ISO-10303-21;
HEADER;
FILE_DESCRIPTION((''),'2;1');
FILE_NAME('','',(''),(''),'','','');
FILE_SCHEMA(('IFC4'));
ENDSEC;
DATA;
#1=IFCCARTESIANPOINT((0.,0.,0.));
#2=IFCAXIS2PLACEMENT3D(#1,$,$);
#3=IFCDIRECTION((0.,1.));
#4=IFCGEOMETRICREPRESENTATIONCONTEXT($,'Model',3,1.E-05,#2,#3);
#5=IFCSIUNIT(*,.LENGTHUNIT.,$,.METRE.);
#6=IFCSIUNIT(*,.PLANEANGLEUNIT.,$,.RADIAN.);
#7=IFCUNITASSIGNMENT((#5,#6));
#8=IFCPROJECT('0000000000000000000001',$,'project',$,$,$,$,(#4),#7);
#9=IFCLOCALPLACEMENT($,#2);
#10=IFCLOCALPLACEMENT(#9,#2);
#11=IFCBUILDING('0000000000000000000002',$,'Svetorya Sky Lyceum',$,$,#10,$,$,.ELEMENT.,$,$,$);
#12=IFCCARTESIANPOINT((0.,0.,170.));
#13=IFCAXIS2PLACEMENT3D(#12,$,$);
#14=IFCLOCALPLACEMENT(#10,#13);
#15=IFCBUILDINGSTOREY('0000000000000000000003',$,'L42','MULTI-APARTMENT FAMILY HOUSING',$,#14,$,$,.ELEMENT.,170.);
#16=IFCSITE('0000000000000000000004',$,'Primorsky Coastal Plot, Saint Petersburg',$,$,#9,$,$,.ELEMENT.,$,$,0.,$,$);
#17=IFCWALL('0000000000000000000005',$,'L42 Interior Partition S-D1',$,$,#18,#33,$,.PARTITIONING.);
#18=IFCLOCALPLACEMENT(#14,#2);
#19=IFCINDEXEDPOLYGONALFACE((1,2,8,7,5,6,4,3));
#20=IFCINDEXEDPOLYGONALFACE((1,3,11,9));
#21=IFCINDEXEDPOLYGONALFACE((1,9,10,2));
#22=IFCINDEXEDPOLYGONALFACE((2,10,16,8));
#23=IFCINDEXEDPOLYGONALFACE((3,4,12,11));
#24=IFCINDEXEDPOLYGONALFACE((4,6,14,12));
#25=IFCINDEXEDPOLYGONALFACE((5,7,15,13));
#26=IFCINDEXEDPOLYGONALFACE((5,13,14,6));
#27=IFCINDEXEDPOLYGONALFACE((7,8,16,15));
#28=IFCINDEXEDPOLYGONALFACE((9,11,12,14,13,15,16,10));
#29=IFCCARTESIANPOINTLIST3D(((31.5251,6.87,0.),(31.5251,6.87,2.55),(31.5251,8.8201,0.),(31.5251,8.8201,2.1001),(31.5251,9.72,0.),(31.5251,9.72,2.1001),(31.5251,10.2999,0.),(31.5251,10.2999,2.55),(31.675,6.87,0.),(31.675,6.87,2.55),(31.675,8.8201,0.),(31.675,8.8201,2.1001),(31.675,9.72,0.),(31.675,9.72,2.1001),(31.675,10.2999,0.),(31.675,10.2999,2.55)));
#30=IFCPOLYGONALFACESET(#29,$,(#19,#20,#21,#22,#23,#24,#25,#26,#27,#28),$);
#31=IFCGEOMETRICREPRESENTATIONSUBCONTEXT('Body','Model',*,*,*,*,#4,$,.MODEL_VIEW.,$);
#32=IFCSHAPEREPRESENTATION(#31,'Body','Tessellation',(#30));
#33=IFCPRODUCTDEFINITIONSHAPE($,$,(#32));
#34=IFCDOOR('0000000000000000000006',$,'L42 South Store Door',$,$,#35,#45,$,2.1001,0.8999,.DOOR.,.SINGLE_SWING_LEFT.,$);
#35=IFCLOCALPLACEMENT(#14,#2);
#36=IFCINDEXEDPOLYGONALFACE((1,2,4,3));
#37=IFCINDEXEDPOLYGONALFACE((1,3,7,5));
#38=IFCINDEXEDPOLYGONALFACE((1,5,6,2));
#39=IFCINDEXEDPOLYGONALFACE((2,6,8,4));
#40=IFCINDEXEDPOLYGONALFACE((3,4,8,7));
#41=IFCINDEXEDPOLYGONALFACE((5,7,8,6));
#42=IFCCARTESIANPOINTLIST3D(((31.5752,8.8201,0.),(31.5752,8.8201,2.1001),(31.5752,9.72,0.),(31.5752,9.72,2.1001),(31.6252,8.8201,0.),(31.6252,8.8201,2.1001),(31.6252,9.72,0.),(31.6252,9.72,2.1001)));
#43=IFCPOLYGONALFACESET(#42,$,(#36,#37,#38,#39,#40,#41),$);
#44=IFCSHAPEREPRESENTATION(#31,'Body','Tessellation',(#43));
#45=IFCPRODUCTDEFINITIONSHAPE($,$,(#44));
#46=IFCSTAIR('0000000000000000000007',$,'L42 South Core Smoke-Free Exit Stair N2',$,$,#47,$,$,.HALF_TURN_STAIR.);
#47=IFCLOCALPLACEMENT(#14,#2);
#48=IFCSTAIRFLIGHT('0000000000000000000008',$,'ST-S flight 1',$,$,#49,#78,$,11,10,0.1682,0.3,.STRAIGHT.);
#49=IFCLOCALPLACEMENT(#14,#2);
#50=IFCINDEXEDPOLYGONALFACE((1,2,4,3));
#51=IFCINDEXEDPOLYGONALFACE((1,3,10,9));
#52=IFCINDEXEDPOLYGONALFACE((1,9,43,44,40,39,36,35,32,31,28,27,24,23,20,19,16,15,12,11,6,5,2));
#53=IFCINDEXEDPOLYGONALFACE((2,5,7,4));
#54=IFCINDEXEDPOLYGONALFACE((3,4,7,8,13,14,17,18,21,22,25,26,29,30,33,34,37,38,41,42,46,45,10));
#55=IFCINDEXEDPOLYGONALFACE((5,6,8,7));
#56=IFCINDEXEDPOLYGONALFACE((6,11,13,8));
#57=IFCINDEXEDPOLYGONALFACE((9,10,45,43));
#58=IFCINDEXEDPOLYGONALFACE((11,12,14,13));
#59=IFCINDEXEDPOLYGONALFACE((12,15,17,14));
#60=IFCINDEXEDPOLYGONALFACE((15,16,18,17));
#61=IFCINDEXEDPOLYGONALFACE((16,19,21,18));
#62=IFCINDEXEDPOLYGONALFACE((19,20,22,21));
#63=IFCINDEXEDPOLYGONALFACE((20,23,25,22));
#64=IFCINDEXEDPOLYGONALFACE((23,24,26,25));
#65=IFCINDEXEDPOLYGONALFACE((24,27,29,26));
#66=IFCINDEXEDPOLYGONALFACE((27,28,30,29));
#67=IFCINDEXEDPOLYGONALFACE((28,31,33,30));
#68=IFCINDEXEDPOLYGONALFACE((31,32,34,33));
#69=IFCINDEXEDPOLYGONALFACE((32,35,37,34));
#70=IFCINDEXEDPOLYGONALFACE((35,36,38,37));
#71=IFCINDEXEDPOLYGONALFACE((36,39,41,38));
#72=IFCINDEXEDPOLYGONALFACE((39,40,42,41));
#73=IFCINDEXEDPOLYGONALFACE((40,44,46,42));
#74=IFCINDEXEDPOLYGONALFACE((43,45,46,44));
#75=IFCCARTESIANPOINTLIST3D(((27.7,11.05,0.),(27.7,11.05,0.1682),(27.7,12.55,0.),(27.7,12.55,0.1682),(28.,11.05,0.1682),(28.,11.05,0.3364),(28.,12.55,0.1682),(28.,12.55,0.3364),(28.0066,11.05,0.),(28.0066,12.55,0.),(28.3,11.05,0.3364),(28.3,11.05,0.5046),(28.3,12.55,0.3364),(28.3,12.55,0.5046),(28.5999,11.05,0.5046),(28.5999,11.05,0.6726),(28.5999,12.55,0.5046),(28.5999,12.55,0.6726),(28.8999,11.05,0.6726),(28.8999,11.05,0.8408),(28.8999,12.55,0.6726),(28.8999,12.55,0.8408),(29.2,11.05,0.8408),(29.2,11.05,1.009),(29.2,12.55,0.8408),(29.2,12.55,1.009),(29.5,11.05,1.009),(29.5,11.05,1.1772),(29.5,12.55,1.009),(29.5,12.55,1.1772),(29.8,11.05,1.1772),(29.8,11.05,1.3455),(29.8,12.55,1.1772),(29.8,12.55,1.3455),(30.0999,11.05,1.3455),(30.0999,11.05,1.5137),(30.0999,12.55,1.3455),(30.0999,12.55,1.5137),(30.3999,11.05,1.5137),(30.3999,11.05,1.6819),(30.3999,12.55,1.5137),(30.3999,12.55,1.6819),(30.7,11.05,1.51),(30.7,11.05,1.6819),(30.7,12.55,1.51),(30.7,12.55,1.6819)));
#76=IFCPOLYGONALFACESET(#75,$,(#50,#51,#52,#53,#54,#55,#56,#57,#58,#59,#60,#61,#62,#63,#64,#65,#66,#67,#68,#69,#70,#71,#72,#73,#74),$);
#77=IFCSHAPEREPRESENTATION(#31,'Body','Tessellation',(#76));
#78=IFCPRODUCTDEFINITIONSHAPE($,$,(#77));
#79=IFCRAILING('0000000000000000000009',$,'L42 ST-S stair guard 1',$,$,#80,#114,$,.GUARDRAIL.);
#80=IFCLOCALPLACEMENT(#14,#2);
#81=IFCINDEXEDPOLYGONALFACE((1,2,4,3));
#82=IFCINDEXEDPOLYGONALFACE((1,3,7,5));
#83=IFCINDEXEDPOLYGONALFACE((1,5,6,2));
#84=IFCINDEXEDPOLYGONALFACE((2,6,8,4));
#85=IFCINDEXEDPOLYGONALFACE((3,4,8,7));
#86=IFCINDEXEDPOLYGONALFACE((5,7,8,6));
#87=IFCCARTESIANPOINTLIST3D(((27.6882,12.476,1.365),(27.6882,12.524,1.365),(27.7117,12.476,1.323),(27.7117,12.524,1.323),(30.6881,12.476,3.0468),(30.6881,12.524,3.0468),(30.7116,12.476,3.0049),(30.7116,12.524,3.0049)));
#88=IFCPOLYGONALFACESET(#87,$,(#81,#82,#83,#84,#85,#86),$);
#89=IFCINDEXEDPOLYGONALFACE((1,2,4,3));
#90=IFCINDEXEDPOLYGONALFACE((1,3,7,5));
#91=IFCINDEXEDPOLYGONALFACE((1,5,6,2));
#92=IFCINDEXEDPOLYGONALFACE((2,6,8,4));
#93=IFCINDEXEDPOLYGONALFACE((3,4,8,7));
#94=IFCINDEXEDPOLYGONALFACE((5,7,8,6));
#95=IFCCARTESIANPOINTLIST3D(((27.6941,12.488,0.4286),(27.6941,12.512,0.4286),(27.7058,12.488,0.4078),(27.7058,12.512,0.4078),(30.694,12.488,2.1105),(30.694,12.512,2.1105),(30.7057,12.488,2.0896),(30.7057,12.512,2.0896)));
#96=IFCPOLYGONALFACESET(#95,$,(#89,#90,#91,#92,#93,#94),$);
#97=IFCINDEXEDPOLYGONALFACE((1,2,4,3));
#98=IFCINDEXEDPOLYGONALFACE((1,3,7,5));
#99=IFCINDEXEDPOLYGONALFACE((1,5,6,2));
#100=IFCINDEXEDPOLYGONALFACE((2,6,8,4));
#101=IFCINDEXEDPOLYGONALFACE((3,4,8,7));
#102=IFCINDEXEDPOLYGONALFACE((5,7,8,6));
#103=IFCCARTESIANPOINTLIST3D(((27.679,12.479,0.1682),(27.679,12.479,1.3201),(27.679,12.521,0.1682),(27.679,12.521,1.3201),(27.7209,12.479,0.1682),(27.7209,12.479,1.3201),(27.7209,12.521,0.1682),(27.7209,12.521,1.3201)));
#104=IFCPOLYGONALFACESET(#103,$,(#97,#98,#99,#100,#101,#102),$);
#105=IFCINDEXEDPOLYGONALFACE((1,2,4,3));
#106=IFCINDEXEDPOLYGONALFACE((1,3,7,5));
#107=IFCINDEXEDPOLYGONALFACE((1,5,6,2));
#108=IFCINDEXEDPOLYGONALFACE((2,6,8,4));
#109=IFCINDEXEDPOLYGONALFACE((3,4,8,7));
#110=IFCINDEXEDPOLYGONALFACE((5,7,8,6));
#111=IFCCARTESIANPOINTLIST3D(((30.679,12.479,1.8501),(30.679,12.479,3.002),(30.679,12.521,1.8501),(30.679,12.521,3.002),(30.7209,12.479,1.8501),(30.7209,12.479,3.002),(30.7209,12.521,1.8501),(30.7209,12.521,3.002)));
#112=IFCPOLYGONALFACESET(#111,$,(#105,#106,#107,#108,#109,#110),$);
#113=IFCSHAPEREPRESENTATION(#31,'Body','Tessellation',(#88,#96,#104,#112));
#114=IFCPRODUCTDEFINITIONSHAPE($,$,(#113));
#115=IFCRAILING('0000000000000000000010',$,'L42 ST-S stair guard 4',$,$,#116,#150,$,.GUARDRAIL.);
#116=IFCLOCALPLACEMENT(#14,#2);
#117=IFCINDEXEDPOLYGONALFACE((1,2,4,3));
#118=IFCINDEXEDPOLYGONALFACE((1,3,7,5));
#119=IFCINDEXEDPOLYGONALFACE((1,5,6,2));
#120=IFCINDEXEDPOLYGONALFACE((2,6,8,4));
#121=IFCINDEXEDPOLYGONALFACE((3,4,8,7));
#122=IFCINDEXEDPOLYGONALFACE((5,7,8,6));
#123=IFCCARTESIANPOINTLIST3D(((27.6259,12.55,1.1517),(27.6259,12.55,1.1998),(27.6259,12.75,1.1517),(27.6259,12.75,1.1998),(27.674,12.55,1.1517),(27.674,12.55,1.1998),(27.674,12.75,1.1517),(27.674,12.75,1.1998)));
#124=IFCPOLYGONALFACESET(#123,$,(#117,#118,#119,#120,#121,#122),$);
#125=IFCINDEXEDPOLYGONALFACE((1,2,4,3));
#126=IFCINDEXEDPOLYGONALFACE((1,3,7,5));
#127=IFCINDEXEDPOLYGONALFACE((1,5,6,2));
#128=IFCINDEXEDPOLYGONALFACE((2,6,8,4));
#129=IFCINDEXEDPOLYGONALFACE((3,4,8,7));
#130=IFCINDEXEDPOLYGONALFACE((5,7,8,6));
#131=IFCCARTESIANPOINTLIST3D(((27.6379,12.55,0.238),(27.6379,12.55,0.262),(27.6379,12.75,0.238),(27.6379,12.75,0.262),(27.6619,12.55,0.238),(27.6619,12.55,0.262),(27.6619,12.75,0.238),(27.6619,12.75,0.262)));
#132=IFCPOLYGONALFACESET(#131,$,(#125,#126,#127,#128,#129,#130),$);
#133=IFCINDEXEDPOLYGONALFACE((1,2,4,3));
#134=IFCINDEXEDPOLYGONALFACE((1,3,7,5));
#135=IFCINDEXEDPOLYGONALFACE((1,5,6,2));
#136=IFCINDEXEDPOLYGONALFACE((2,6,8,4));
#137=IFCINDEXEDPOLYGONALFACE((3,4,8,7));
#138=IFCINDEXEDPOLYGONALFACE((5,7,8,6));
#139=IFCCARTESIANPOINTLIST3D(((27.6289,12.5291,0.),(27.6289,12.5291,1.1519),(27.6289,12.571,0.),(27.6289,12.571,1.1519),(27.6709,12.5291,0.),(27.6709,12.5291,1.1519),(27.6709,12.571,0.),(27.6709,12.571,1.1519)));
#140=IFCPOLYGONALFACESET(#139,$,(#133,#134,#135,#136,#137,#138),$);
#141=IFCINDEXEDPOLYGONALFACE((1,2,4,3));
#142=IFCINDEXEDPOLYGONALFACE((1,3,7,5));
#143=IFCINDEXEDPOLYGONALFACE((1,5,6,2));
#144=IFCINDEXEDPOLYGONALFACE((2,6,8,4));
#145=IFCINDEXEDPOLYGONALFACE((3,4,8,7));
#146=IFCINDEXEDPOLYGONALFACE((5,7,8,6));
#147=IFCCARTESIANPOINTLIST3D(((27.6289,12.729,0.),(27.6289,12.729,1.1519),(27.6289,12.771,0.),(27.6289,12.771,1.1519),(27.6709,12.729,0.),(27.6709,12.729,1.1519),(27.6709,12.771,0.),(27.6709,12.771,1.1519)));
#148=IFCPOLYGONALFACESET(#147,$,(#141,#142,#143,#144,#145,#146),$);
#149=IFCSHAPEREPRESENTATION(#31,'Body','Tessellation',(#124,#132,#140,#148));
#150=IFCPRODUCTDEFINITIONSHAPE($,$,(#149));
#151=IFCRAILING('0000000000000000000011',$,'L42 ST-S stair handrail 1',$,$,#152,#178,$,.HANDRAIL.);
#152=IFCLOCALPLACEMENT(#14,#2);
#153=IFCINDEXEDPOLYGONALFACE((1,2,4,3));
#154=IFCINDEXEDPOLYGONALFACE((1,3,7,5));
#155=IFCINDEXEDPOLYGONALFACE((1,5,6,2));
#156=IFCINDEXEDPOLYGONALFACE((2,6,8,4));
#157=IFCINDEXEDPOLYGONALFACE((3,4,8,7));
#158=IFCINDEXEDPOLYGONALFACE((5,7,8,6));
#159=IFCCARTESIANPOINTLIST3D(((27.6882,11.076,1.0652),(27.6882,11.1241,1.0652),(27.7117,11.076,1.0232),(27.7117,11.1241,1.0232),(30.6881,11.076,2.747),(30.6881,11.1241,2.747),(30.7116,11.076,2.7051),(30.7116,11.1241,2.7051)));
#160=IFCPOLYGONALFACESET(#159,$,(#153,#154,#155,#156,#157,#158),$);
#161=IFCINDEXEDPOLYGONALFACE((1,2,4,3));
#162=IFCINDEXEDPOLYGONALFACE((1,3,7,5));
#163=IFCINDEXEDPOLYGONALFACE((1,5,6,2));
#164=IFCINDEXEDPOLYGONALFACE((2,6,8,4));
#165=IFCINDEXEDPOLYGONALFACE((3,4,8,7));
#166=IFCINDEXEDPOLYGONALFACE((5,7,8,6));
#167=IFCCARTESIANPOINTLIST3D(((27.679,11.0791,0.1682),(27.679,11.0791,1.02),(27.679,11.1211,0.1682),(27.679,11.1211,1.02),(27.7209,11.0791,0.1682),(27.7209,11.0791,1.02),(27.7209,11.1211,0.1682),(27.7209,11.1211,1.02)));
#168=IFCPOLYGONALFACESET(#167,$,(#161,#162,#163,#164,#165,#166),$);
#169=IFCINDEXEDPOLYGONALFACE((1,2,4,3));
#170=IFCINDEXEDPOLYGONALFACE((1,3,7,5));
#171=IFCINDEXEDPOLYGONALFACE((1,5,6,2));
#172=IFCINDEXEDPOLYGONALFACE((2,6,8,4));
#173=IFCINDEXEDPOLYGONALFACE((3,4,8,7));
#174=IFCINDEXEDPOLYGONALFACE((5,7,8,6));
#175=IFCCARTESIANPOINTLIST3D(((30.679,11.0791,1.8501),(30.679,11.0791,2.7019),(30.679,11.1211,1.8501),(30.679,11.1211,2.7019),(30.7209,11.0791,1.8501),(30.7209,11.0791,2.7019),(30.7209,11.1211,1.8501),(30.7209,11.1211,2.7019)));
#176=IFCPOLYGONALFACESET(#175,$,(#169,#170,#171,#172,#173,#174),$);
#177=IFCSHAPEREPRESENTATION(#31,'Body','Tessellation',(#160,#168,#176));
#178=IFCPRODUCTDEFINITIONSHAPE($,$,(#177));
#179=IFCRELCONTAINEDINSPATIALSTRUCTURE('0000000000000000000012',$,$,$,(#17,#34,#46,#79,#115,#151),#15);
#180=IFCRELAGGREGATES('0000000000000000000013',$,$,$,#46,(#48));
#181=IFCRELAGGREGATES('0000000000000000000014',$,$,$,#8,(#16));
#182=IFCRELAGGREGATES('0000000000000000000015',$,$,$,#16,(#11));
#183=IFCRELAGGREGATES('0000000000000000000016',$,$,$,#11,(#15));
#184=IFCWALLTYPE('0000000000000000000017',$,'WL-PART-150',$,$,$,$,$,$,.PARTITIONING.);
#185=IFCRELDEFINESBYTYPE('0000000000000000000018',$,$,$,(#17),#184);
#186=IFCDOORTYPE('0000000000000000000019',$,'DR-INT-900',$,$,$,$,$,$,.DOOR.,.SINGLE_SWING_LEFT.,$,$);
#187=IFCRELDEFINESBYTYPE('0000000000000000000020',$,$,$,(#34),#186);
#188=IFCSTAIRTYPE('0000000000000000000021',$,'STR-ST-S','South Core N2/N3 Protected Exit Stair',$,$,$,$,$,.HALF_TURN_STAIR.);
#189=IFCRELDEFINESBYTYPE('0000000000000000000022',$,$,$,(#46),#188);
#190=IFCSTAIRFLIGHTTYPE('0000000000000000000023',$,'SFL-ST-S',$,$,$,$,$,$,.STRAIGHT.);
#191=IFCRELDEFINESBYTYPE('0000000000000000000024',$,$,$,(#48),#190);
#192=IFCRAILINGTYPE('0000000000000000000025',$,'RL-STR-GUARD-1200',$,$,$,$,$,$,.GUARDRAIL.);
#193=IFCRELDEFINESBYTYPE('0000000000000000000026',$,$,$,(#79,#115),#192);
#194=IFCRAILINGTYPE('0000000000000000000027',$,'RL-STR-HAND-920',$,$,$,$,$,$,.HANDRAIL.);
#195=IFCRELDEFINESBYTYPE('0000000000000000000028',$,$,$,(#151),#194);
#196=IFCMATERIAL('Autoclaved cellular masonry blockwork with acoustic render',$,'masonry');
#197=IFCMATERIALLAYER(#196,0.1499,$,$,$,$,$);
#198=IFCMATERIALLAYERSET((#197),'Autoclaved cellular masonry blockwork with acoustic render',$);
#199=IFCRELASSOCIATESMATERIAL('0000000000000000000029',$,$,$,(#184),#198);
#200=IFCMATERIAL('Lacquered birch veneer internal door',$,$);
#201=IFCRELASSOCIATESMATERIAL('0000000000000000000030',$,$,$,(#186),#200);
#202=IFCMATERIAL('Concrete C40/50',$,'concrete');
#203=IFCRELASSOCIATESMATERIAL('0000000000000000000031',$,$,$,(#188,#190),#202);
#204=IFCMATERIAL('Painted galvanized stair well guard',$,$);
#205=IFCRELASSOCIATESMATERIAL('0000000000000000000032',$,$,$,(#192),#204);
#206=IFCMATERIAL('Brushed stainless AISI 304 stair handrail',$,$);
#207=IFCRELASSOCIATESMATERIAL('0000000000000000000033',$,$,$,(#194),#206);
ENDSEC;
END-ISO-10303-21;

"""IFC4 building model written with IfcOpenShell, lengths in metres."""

from ifc_helpers import new_model, si_unit, direction, frame, frame_2d, origin, origin_2d, place, context, subcontext, project, spatial, polyline, rectangle, outline, extrude, material, layer, layer_set, type_object, element, fill, aggregate, save


model = new_model("IFC4")

# Units and contexts
model_context = context("Model", 3, precision=1e-05, world=origin(), true_north=direction((0.0, 1.0)))
body_context = subcontext(model_context, "Body", "Model", "MODEL_VIEW")
ifc_project = project(units=[si_unit("LENGTHUNIT", "METRE"), si_unit("PLANEANGLEUNIT", "RADIAN")], contexts=[model_context])

# Site, building, storey
site_placement = place(None, origin())
site = spatial("IfcSite", under=ifc_project, at=site_placement, Name="Primorsky Coastal Plot, Saint Petersburg", CompositionType="ELEMENT", RefElevation=0.0)
building_placement = place(site_placement, origin())
building = spatial("IfcBuilding", under=site, at=building_placement, Name="Svetorya Sky Lyceum", CompositionType="ELEMENT")
storey_placement = place(building_placement, frame((0.0, 0.0, 170.0)))
storey = spatial("IfcBuildingStorey", under=building, at=storey_placement, Name="L42", Description="MULTI-APARTMENT FAMILY HOUSING", CompositionType="ELEMENT", Elevation=170.0)

# Shared definitions
ifc_material_1 = material(Name="Concrete C40/50", Category="concrete")

# Wall, opening, door
ifc_material_2 = material(Name="Autoclaved cellular masonry blockwork with acoustic render", Category="masonry")
ifc_layer_1 = layer(ifc_material_2, 0.1499)
ifc_layer_set_1 = layer_set([ifc_layer_1], Name="Autoclaved cellular masonry blockwork with acoustic render")
wall_type_1 = type_object("IfcWallType", Name="WL-PART-150", PredefinedType="PARTITIONING", material=ifc_layer_set_1)
wall_1_placement = place(storey_placement, frame((31.6001, 6.8701, 0.0), z_axis=(0.0, 0.0, 1.0), x_axis=(0.0, 1.0, 0.0)))
wall_1 = element("IfcWall", 1, at=wall_1_placement, inside=storey, type_object=wall_type_1, Name="L42 Interior Partition S-D1", PredefinedType="PARTITIONING", context=body_context, shape_type="SweptSolid", body=[
    extrude(rectangle(XDim=3.4299, YDim=0.1499, at=frame_2d((1.7148, 0.0))), origin(), (0.0, 0.0, 1.0), 2.55),
])
opening_placement = place(wall_1_placement, frame((1.95, 0.0, 0.0)))
opening = element("IfcOpeningElement", 2, at=opening_placement, cuts=wall_1, PredefinedType="OPENING", context=body_context, shape_type="SweptSolid", body=[
    extrude(rectangle(XDim=0.8999, YDim=2.1001, at=frame_2d((0.45, 1.05))), frame((0.0, 0.085, 0.0), z_axis=(0.0, -1.0, 0.0), x_axis=(1.0, 0.0, 0.0)), (0.0, 0.0, 1.0), 0.1699),
])
ifc_material_3 = material(Name="Lacquered birch veneer internal door")
door_type = type_object("IfcDoorType", Name="DR-INT-900", OperationType="SINGLE_SWING_LEFT", PredefinedType="DOOR", material=ifc_material_3)
door_placement = place(opening_placement, origin())
door = element("IfcDoor", 3, at=door_placement, inside=storey, type_object=door_type, Name="L42 South Store Door", OperationType="SINGLE_SWING_LEFT", OverallHeight=2.1001, OverallWidth=0.8999, PredefinedType="DOOR", context=body_context, shape_type="SweptSolid", body=[
    extrude(rectangle(XDim=0.8999, YDim=2.1001, at=frame_2d((0.45, 1.05))), frame((0.0, 0.0249, 0.0), z_axis=(0.0, -1.0, 0.0), x_axis=(1.0, 0.0, 0.0)), (0.0, 0.0, 1.0), 0.05),
])
fill(opening, door)

# Stair, stair flight
stair_type = type_object("IfcStairType", Name="STR-ST-S", Description="South Core N2/N3 Protected Exit Stair", PredefinedType="HALF_TURN_STAIR", material=ifc_material_1)
stair_placement = place(storey_placement, origin())
stair = element("IfcStair", 4, at=stair_placement, inside=storey, type_object=stair_type, Name="L42 South Core Smoke-Free Exit Stair N2", PredefinedType="HALF_TURN_STAIR")
stair_flight_type = type_object("IfcStairFlightType", Name="SFL-ST-S", PredefinedType="STRAIGHT", material=ifc_material_1)
stair_flight_placement = place(storey_placement, frame((27.7, 11.8, 0.0), z_axis=(0.0, 0.0, 1.0), x_axis=(1.0, 0.0, 0.0)))
stair_flight = element("IfcStairFlight", 5, at=stair_flight_placement, type_object=stair_flight_type, Name="ST-S flight 1", NumberOfRisers=11, NumberOfTreads=10, PredefinedType="STRAIGHT", RiserHeight=0.1682, TreadLength=0.3, context=body_context, shape_type="SweptSolid", body=[
    extrude(outline(polyline([(0.0, 0.0), (0.0, 0.1682), (0.3, 0.1682), (0.3, 0.3364), (0.6001, 0.3364), (0.6001, 0.5046), (0.8999, 0.5046), (0.8999, 0.6726), (1.2, 0.6726), (1.2, 0.8408), (1.5, 0.8408), (1.5, 1.009), (1.8, 1.009), (1.8, 1.1772), (2.1001, 1.1772), (2.1001, 1.3455), (2.3999, 1.3455), (2.3999, 1.5137), (2.7, 1.5137), (2.7, 1.6819), (3.0, 1.6819), (3.0, 1.8501), (3.0, 1.51), (0.3066, 0.0), (0.0, 0.0)])), frame((0.0, 0.75, 0.0), z_axis=(0.0, -1.0, 0.0), x_axis=(1.0, 0.0, 0.0)), (0.0, 0.0, 1.0), 1.5),
])
aggregate(stair, [stair_flight])

# Railings
ifc_material_4 = material(Name="Painted galvanized stair well guard")
railing_type_1 = type_object("IfcRailingType", Name="RL-STR-GUARD-1200", PredefinedType="GUARDRAIL", material=ifc_material_4)
railing_1_placement = place(storey_placement, frame((27.7, 12.5, 0.1682)))
element("IfcRailing", 6, at=railing_1_placement, inside=storey, type_object=railing_type_1, Name="L42 ST-S stair guard 1", PredefinedType="GUARDRAIL", context=body_context, shape_type="SweptSolid", body=[
    extrude(rectangle(XDim=0.0481, YDim=0.0481, at=origin_2d()), frame((0.0, 0.0, 1.1758), z_axis=(0.872272, 0.0, 0.48902), x_axis=(0.0, 1.0, 0.0)), (0.0, 0.0, 1.0), 3.4392),
    extrude(rectangle(XDim=0.0239, YDim=0.0239, at=origin_2d()), frame((0.0, 0.0, 0.25), z_axis=(0.872272, 0.0, 0.48902), x_axis=(0.0, 1.0, 0.0)), (0.0, 0.0, 1.0), 3.4392),
    extrude(rectangle(XDim=0.042, YDim=0.042, at=origin_2d()), origin(), (0.0, 0.0, 1.0), 1.1519),
    extrude(rectangle(XDim=0.042, YDim=0.042, at=origin_2d()), frame((3.0, 0.0, 1.6819)), (0.0, 0.0, 1.0), 1.1519),
])
railing_2_placement = place(storey_placement, frame((27.6499, 12.55, 0.0)))
element("IfcRailing", 7, at=railing_2_placement, inside=storey, type_object=railing_type_1, Name="L42 ST-S stair guard 4", PredefinedType="GUARDRAIL", context=body_context, shape_type="SweptSolid", body=[
    extrude(rectangle(XDim=0.0481, YDim=0.0481, at=origin_2d()), frame((0.0, 0.0, 1.1758), z_axis=(0.0, 1.0, 0.0), x_axis=(-1.0, 0.0, 0.0)), (0.0, 0.0, 1.0), 0.2),
    extrude(rectangle(XDim=0.0239, YDim=0.0239, at=origin_2d()), frame((0.0, 0.0, 0.25), z_axis=(0.0, 1.0, 0.0), x_axis=(-1.0, 0.0, 0.0)), (0.0, 0.0, 1.0), 0.2),
    extrude(rectangle(XDim=0.042, YDim=0.042, at=origin_2d()), origin(), (0.0, 0.0, 1.0), 1.1519),
    extrude(rectangle(XDim=0.042, YDim=0.042, at=origin_2d()), frame((0.0, 0.2, 0.0)), (0.0, 0.0, 1.0), 1.1519),
])
ifc_material_5 = material(Name="Brushed stainless AISI 304 stair handrail")
railing_type_2 = type_object("IfcRailingType", Name="RL-STR-HAND-920", PredefinedType="HANDRAIL", material=ifc_material_5)
railing_3_placement = place(storey_placement, frame((27.7, 11.1001, 0.1682)))
element("IfcRailing", 8, at=railing_3_placement, inside=storey, type_object=railing_type_2, Name="L42 ST-S stair handrail 1", PredefinedType="HANDRAIL", context=body_context, shape_type="SweptSolid", body=[
    extrude(rectangle(XDim=0.0481, YDim=0.0481, at=origin_2d()), frame((0.0, 0.0, 0.876), z_axis=(0.872272, 0.0, 0.48902), x_axis=(0.0, 1.0, 0.0)), (0.0, 0.0, 1.0), 3.4392),
    extrude(rectangle(XDim=0.042, YDim=0.042, at=origin_2d()), origin(), (0.0, 0.0, 1.0), 0.8518),
    extrude(rectangle(XDim=0.042, YDim=0.042, at=origin_2d()), frame((3.0, 0.0, 1.6819)), (0.0, 0.0, 1.0), 0.8518),
])

save(model, "model.ifc")
